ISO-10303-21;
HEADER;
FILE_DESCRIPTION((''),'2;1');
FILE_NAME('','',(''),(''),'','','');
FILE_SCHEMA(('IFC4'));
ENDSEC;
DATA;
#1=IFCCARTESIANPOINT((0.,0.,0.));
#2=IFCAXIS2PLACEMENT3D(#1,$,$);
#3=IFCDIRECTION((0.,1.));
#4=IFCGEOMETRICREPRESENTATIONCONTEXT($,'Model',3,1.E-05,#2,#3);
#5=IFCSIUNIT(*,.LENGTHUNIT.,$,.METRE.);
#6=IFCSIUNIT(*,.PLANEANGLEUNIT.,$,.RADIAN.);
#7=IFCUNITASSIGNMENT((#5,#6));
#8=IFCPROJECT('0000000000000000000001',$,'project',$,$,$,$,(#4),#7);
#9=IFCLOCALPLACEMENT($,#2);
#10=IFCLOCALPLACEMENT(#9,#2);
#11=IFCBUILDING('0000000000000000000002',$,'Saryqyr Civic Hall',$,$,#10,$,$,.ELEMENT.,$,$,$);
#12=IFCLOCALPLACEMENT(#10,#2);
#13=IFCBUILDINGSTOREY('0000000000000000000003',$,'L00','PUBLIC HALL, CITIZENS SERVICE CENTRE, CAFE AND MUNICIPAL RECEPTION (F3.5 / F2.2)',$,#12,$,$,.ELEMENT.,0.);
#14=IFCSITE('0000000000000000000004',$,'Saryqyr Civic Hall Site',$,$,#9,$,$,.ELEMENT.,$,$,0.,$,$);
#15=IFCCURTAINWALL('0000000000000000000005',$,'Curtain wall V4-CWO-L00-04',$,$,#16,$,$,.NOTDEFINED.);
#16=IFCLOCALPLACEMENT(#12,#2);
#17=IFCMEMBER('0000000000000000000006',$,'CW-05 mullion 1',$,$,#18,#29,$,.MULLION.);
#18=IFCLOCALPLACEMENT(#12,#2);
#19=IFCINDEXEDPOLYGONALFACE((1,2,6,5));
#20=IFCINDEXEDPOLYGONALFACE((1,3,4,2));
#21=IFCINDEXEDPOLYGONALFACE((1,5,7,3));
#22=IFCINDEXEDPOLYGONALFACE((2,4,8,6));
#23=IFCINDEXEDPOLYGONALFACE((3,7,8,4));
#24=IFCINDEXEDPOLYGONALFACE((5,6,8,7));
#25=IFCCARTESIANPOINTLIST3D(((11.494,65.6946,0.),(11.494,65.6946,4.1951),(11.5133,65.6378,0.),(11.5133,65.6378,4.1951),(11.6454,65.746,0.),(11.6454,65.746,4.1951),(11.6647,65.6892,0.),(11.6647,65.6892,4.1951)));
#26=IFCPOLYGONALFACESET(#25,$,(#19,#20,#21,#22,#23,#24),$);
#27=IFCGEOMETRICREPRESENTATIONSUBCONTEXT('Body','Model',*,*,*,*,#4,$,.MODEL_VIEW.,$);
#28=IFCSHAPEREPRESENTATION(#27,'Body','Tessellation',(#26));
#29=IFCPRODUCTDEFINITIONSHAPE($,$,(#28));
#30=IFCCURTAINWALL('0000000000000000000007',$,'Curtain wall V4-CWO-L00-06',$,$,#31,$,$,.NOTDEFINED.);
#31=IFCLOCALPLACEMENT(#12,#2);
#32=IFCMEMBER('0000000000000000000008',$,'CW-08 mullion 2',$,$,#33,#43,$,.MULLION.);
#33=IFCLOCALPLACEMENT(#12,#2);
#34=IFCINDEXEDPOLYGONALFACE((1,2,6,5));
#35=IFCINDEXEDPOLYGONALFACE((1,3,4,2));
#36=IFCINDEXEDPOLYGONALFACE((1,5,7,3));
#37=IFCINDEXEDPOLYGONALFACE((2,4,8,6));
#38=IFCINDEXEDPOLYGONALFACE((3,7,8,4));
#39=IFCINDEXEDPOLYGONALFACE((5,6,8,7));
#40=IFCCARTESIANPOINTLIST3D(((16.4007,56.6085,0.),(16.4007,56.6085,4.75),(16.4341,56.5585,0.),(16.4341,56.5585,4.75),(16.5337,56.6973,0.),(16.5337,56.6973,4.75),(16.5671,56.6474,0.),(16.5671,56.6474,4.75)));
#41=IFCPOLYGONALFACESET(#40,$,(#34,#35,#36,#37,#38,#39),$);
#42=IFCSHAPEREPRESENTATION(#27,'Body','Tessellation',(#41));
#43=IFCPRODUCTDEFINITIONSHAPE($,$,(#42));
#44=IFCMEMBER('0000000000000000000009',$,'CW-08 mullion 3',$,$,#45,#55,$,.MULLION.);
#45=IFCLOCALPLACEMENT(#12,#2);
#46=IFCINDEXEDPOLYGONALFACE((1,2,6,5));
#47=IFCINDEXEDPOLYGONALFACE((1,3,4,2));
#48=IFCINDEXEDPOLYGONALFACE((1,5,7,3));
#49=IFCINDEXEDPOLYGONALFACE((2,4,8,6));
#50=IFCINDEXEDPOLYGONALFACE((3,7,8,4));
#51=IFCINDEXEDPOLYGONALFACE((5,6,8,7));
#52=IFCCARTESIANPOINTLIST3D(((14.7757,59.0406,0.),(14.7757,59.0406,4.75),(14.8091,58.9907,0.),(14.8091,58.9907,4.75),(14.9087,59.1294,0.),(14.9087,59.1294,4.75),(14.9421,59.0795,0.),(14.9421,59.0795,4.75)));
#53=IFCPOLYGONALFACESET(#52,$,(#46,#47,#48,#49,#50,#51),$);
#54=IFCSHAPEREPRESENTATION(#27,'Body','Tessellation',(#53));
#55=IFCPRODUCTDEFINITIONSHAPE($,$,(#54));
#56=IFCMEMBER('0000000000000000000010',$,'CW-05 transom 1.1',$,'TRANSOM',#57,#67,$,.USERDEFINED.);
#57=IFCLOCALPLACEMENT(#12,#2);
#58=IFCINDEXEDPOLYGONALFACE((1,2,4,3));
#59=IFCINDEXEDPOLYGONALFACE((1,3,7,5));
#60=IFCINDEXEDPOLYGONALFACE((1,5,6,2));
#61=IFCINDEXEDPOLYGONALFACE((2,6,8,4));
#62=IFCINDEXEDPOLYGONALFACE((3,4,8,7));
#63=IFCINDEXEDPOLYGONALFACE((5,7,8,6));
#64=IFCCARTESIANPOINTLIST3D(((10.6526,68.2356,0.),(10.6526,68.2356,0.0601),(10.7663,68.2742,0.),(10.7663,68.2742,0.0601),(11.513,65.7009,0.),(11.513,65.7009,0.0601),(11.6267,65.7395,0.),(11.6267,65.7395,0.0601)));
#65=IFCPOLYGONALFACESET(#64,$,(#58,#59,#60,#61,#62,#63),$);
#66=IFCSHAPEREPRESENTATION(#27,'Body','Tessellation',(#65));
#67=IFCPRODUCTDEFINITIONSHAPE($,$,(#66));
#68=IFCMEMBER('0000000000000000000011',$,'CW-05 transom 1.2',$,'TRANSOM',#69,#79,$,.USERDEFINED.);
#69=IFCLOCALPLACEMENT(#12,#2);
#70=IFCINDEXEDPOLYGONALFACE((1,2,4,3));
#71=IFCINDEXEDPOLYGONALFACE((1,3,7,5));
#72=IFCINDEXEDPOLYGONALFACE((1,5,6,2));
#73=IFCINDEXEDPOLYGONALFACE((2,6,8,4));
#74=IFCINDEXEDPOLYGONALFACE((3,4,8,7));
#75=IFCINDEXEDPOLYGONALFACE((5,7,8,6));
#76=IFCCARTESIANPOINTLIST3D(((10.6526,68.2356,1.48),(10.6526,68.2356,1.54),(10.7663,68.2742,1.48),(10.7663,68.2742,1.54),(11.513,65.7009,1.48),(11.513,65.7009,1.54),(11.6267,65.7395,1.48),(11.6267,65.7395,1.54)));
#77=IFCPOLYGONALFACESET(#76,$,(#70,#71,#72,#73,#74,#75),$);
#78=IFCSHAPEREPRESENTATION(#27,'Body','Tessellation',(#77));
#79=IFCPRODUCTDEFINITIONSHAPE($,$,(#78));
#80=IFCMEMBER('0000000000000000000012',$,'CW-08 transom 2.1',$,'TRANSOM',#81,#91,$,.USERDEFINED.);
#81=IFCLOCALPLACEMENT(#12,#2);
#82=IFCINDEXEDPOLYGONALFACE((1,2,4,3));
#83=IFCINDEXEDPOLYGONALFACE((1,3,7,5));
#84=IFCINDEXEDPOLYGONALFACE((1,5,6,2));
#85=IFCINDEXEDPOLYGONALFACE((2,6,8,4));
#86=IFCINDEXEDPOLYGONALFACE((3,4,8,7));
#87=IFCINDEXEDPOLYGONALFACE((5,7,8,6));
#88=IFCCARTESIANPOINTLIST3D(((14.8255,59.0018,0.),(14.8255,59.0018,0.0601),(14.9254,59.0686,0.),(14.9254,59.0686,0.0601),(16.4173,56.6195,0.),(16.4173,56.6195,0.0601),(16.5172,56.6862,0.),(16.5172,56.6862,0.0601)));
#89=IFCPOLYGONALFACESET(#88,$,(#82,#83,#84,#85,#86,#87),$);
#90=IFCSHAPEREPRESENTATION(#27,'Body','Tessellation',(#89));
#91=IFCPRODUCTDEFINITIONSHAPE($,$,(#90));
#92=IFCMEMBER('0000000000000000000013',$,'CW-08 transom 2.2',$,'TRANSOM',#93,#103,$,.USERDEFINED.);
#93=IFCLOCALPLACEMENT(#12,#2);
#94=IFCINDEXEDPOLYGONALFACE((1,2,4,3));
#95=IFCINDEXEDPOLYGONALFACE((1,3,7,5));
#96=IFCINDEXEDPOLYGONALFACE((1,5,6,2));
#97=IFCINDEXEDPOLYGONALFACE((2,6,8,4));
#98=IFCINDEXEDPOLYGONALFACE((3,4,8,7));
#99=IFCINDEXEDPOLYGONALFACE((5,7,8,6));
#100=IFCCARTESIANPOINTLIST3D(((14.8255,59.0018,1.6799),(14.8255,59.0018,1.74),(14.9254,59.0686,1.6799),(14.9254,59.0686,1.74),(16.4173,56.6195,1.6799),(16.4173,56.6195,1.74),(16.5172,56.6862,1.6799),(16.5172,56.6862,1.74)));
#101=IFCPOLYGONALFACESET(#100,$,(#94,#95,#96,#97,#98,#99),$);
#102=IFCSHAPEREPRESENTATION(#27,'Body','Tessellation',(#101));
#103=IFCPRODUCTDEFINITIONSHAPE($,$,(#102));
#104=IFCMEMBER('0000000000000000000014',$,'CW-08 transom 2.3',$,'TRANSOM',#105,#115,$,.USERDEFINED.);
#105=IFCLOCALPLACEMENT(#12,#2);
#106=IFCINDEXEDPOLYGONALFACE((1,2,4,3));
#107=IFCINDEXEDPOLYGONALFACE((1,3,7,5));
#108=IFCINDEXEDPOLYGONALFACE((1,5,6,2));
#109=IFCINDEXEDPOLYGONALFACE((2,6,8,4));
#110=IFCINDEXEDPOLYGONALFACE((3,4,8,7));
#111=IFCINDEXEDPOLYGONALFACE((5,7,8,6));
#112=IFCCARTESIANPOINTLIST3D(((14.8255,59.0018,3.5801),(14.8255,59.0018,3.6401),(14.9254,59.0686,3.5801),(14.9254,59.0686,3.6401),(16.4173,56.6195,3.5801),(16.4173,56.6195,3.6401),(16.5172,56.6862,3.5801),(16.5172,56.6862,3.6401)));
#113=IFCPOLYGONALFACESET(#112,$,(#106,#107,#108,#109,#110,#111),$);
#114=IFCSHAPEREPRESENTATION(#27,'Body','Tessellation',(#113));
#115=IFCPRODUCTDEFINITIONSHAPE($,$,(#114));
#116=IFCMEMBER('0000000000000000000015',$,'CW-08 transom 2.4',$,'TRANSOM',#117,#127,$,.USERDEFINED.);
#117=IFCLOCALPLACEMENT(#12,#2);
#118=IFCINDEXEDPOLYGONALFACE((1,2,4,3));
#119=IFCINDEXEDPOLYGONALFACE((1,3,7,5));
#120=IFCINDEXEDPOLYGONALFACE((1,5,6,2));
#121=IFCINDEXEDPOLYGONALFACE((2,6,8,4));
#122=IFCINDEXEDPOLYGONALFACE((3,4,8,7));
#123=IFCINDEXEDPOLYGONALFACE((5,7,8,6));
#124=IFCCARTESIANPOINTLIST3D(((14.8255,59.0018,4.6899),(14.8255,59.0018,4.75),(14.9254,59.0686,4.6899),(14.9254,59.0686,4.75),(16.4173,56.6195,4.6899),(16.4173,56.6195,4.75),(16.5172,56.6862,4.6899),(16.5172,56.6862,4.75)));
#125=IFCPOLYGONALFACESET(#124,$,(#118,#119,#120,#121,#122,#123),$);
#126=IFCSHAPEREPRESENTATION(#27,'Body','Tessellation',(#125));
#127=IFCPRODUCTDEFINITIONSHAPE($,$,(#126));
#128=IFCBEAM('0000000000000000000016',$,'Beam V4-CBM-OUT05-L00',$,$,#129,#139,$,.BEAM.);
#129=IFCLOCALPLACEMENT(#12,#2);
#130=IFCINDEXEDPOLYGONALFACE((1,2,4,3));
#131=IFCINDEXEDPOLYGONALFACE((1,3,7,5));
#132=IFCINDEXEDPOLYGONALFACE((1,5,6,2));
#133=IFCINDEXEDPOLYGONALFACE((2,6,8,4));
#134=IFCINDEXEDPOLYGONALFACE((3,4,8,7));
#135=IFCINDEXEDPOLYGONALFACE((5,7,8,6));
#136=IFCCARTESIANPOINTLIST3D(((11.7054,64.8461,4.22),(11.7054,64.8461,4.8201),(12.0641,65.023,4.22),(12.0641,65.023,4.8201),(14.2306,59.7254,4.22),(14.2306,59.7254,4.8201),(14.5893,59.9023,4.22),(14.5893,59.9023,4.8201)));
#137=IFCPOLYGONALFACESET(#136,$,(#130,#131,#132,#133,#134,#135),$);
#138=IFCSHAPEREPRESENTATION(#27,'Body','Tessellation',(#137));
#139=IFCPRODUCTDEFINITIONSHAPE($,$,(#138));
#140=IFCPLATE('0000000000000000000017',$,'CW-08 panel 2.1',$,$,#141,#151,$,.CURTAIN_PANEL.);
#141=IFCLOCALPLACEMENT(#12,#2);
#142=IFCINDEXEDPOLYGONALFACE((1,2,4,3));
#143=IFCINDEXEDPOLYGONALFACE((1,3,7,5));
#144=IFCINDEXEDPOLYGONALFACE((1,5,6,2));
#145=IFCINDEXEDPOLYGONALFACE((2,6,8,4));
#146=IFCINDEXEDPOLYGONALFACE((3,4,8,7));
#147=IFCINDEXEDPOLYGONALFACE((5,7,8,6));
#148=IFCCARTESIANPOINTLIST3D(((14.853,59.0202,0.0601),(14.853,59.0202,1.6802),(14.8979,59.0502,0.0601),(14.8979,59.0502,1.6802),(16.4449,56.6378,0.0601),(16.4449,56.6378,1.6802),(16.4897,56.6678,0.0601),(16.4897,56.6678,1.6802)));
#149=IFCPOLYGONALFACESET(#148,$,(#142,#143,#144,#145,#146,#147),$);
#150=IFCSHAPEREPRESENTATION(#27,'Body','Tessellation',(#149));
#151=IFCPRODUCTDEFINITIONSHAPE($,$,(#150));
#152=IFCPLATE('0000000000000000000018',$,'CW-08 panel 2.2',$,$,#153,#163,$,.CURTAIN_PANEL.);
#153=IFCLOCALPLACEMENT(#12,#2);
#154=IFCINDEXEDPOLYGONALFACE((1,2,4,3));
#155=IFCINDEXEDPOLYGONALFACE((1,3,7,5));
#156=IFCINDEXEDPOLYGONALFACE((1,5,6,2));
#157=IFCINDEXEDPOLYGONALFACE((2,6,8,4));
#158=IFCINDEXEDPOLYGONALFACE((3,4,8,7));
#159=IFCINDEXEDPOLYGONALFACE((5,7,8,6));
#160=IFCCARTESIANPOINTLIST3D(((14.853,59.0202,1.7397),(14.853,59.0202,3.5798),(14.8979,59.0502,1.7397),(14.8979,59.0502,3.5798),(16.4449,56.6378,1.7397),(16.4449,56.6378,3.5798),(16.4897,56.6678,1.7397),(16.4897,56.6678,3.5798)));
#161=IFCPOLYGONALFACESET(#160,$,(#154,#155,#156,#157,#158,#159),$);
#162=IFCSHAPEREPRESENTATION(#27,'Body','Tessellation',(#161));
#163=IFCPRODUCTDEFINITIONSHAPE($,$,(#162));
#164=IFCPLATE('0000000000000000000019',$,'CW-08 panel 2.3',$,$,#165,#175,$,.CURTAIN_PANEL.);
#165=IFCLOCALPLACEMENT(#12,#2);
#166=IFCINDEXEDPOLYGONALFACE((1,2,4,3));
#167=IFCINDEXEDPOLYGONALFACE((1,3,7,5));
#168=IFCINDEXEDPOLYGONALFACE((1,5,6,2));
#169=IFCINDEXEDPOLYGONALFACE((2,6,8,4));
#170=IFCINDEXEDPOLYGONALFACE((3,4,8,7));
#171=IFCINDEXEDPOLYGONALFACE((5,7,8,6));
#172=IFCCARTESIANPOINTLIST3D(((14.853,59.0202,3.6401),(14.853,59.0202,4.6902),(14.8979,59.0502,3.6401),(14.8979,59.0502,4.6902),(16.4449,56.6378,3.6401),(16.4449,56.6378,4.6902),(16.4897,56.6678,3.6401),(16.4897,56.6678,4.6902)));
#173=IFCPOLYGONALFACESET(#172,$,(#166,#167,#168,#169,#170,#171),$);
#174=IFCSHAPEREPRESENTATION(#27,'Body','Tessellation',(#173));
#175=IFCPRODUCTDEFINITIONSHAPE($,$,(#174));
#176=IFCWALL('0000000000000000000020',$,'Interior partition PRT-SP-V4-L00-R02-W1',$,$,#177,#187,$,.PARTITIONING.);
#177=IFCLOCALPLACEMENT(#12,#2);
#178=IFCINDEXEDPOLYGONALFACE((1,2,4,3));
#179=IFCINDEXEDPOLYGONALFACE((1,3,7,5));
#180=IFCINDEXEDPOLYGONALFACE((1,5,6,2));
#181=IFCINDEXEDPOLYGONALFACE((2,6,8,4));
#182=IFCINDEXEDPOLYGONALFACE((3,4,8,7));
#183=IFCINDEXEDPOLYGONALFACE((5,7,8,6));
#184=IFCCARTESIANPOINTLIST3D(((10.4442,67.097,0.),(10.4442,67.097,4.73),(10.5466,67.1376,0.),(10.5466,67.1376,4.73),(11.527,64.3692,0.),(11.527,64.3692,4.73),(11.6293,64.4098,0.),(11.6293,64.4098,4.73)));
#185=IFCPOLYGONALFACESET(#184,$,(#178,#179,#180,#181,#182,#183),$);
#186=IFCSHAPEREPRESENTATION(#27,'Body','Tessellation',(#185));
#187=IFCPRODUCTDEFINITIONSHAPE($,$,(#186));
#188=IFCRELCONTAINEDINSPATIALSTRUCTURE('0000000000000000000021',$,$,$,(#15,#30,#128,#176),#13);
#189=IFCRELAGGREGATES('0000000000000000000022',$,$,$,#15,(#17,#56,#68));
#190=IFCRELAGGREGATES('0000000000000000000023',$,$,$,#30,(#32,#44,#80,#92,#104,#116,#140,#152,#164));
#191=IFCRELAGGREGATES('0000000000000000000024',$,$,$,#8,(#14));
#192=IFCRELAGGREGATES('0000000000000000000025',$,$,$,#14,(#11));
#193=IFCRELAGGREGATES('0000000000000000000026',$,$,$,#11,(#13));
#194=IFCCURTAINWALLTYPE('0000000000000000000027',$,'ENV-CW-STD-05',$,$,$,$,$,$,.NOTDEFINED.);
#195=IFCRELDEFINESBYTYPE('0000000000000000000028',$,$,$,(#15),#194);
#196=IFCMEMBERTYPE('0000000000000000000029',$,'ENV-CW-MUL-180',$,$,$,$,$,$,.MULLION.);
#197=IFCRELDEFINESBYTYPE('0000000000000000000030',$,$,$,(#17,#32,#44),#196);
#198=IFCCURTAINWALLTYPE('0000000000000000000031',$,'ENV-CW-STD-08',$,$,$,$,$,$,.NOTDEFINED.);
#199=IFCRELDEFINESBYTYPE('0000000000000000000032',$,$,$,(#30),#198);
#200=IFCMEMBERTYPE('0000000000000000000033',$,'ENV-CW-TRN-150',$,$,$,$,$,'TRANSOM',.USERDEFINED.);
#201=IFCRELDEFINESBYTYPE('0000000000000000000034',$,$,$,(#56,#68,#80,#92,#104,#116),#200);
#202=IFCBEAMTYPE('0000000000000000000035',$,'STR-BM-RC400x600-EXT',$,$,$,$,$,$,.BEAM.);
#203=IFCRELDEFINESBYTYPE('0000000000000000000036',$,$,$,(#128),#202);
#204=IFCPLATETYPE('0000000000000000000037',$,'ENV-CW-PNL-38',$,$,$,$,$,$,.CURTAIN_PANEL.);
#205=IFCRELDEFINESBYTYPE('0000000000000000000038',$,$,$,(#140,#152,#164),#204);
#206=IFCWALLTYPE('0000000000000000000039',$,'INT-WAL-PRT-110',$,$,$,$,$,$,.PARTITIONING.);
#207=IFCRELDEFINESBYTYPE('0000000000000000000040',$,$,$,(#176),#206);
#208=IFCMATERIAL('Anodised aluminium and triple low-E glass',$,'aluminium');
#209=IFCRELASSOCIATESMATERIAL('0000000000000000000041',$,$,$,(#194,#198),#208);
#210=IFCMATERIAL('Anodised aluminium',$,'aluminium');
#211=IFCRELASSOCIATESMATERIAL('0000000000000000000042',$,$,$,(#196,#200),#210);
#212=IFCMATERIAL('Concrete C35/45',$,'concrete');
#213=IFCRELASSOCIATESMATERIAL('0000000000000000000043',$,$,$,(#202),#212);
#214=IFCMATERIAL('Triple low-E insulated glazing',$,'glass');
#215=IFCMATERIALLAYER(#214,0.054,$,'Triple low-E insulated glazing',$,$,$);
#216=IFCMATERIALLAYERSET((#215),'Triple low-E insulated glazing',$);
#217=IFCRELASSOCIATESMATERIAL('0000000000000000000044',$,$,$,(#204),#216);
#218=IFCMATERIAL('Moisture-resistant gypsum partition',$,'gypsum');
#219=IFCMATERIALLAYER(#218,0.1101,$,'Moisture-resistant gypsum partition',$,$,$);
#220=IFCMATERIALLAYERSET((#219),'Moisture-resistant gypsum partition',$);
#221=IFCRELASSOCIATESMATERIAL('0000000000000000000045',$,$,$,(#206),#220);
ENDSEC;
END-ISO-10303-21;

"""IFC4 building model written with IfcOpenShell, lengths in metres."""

from ifc_helpers import new_model, si_unit, direction, frame, frame_2d, origin, origin_2d, place, context, subcontext, project, spatial, rectangle, extrude, material, layer, layer_set, material_profile, profile_set, type_object, element, aggregate, save


model = new_model("IFC4")

# Units and contexts
model_context = context("Model", 3, precision=1e-05, world=origin(), true_north=direction((0.0, 1.0)))
body_context = subcontext(model_context, "Body", "Model", "MODEL_VIEW")
ifc_project = project(units=[si_unit("LENGTHUNIT", "METRE"), si_unit("PLANEANGLEUNIT", "RADIAN")], contexts=[model_context])

# Site, building, storey
site_placement = place(None, origin())
site = spatial("IfcSite", under=ifc_project, at=site_placement, Name="Saryqyr Civic Hall Site", CompositionType="ELEMENT", RefElevation=0.0)
building_placement = place(site_placement, origin())
building = spatial("IfcBuilding", under=site, at=building_placement, Name="Saryqyr Civic Hall", CompositionType="ELEMENT")
storey_placement = place(building_placement, origin())
storey = spatial("IfcBuildingStorey", under=building, at=storey_placement, Name="L00", Description="PUBLIC HALL, CITIZENS SERVICE CENTRE, CAFE AND MUNICIPAL RECEPTION (F3.5 / F2.2)", CompositionType="ELEMENT", Elevation=0.0)

# Curtain wall, member
ifc_material_1 = material(Name="Anodised aluminium and triple low-E glass", Category="aluminium")
curtain_wall_type_1 = type_object("IfcCurtainWallType", Name="ENV-CW-STD-05", PredefinedType="NOTDEFINED", material=ifc_material_1)
curtain_wall_1_placement = place(storey_placement, origin())
curtain_wall_1 = element("IfcCurtainWall", 1, at=curtain_wall_1_placement, inside=storey, type_object=curtain_wall_type_1, Name="Curtain wall V4-CWO-L00-04", PredefinedType="NOTDEFINED")
ifc_material_2 = material(Name="Anodised aluminium", Category="aluminium")
ifc_material_profile_1 = material_profile(ifc_material_2, rectangle(XDim=0.0601, YDim=0.1599, at=origin_2d()), Name="ALU MULLION 60x160")
ifc_profile_set_1 = profile_set([ifc_material_profile_1], Name="Anodised aluminium")
member_type_1 = type_object("IfcMemberType", Name="ENV-CW-MUL-180", PredefinedType="MULLION", material=ifc_profile_set_1)
member_1_placement = place(storey_placement, frame((11.5793, 65.6919, 0.0), z_axis=(0.0, 0.0, 1.0), x_axis=(-0.321434, 0.946932, 0.0)))
member_1 = element("IfcMember", 2, at=member_1_placement, type_object=member_type_1, Name="CW-05 mullion 1", PredefinedType="MULLION", context=body_context, shape_type="SweptSolid", body=[
    extrude(rectangle(XDim=0.0601, YDim=0.1599, at=origin_2d()), origin(), (0.0, 0.0, 1.0), 4.1951),
])

# Curtain wall, members
curtain_wall_type_2 = type_object("IfcCurtainWallType", Name="ENV-CW-STD-08", PredefinedType="NOTDEFINED", material=ifc_material_1)
curtain_wall_2_placement = place(storey_placement, origin())
curtain_wall_2 = element("IfcCurtainWall", 3, at=curtain_wall_2_placement, inside=storey, type_object=curtain_wall_type_2, Name="Curtain wall V4-CWO-L00-06", PredefinedType="NOTDEFINED")
member_2_placement = place(storey_placement, frame((16.4839, 56.6279, 0.0), z_axis=(0.0, 0.0, 1.0), x_axis=(-0.555567, 0.831472, 0.0)))
member_2 = element("IfcMember", 4, at=member_2_placement, type_object=member_type_1, Name="CW-08 mullion 2", PredefinedType="MULLION", context=body_context, shape_type="SweptSolid", body=[
    extrude(rectangle(XDim=0.0601, YDim=0.1599, at=origin_2d()), origin(), (0.0, 0.0, 1.0), 4.75),
])
member_3_placement = place(storey_placement, frame((14.8589, 59.0601, 0.0), z_axis=(0.0, 0.0, 1.0), x_axis=(-0.555567, 0.831472, 0.0)))
member_3 = element("IfcMember", 5, at=member_3_placement, type_object=member_type_1, Name="CW-08 mullion 3", PredefinedType="MULLION", context=body_context, shape_type="SweptSolid", body=[
    extrude(rectangle(XDim=0.0601, YDim=0.1599, at=origin_2d()), origin(), (0.0, 0.0, 1.0), 4.75),
])

# Members
ifc_material_profile_2 = material_profile(ifc_material_2, rectangle(XDim=0.1201, YDim=0.0601, at=origin_2d()), Name="ALU TRANSOM 120x60")
ifc_profile_set_2 = profile_set([ifc_material_profile_2], Name="Anodised aluminium")
member_type_2 = type_object("IfcMemberType", Name="ENV-CW-TRN-150", ElementType="TRANSOM", PredefinedType="USERDEFINED", material=ifc_profile_set_2)
member_4_placement = place(storey_placement, frame((11.5698, 65.7202, 0.03), z_axis=(-0.321422, 0.946936, 0.0), x_axis=(-0.946936, -0.321422, 0.0)))
member_4 = element("IfcMember", 6, at=member_4_placement, type_object=member_type_2, Name="CW-05 transom 1.1", ObjectType="TRANSOM", PredefinedType="USERDEFINED", context=body_context, shape_type="SweptSolid", body=[
    extrude(rectangle(XDim=0.1201, YDim=0.0601, at=origin_2d()), origin(), (0.0, 0.0, 1.0), 2.6768),
])
member_5_placement = place(storey_placement, frame((11.5698, 65.7202, 1.51), z_axis=(-0.321422, 0.946936, 0.0), x_axis=(-0.946936, -0.321422, 0.0)))
member_5 = element("IfcMember", 7, at=member_5_placement, type_object=member_type_2, Name="CW-05 transom 1.2", ObjectType="TRANSOM", PredefinedType="USERDEFINED", context=body_context, shape_type="SweptSolid", body=[
    extrude(rectangle(XDim=0.1201, YDim=0.0601, at=origin_2d()), origin(), (0.0, 0.0, 1.0), 2.6768),
])
aggregate(curtain_wall_1, [member_1, member_4, member_5])
member_6_placement = place(storey_placement, frame((16.4673, 56.6528, 0.03), z_axis=(-0.555565, 0.831473, 0.0), x_axis=(-0.831473, -0.555565, 0.0)))
member_6 = element("IfcMember", 8, at=member_6_placement, type_object=member_type_2, Name="CW-08 transom 2.1", ObjectType="TRANSOM", PredefinedType="USERDEFINED", context=body_context, shape_type="SweptSolid", body=[
    extrude(rectangle(XDim=0.1201, YDim=0.0601, at=origin_2d()), origin(), (0.0, 0.0, 1.0), 2.8652),
])
member_7_placement = place(storey_placement, frame((16.4673, 56.6528, 1.71), z_axis=(-0.555565, 0.831473, 0.0), x_axis=(-0.831473, -0.555565, 0.0)))
member_7 = element("IfcMember", 9, at=member_7_placement, type_object=member_type_2, Name="CW-08 transom 2.2", ObjectType="TRANSOM", PredefinedType="USERDEFINED", context=body_context, shape_type="SweptSolid", body=[
    extrude(rectangle(XDim=0.1201, YDim=0.0601, at=origin_2d()), origin(), (0.0, 0.0, 1.0), 2.8652),
])
member_8_placement = place(storey_placement, frame((16.4673, 56.6528, 3.6101), z_axis=(-0.555565, 0.831473, 0.0), x_axis=(-0.831473, -0.555565, 0.0)))
member_8 = element("IfcMember", 10, at=member_8_placement, type_object=member_type_2, Name="CW-08 transom 2.3", ObjectType="TRANSOM", PredefinedType="USERDEFINED", context=body_context, shape_type="SweptSolid", body=[
    extrude(rectangle(XDim=0.1201, YDim=0.0601, at=origin_2d()), origin(), (0.0, 0.0, 1.0), 2.8652),
])
member_9_placement = place(storey_placement, frame((16.4673, 56.6528, 4.72), z_axis=(-0.555565, 0.831473, 0.0), x_axis=(-0.831473, -0.555565, 0.0)))
member_9 = element("IfcMember", 11, at=member_9_placement, type_object=member_type_2, Name="CW-08 transom 2.4", ObjectType="TRANSOM", PredefinedType="USERDEFINED", context=body_context, shape_type="SweptSolid", body=[
    extrude(rectangle(XDim=0.1201, YDim=0.0601, at=origin_2d()), origin(), (0.0, 0.0, 1.0), 2.8652),
])

# Beam
ifc_material_3 = material(Name="Concrete C35/45", Category="concrete")
ifc_material_profile_3 = material_profile(ifc_material_3, rectangle(XDim=0.3999, YDim=0.6001, at=origin_2d()), Name="RC 400x600")
ifc_profile_set_3 = profile_set([ifc_material_profile_3], Name="Concrete C35/45")
beam_type = type_object("IfcBeamType", Name="STR-BM-RC400x600-EXT", PredefinedType="BEAM", material=ifc_profile_set_3)
beam_placement = place(storey_placement, frame((11.8848, 64.9346, 4.52), z_axis=(0.442281, -0.896877, 0.0), x_axis=(0.896877, 0.442281, 0.0)))
element("IfcBeam", 12, at=beam_placement, inside=storey, type_object=beam_type, Name="Beam V4-CBM-OUT05-L00", PredefinedType="BEAM", context=body_context, shape_type="SweptSolid", body=[
    extrude(rectangle(XDim=0.3999, YDim=0.6001, at=origin_2d()), origin(), (0.0, 0.0, 1.0), 5.7095),
])

# Plates
ifc_material_4 = material(Name="Triple low-E insulated glazing", Category="glass")
ifc_layer_1 = layer(ifc_material_4, 0.054, Name="Triple low-E insulated glazing")
ifc_layer_set_1 = layer_set([ifc_layer_1], Name="Triple low-E insulated glazing")
plate_type = type_object("IfcPlateType", Name="ENV-CW-PNL-38", PredefinedType="CURTAIN_PANEL", material=ifc_layer_set_1)
plate_1_placement = place(storey_placement, frame((15.6714, 57.844, 0.0601), z_axis=(0.0, 0.0, 1.0), x_axis=(-0.555567, 0.831472, 0.0)))
plate_1 = element("IfcPlate", 13, at=plate_1_placement, type_object=plate_type, Name="CW-08 panel 2.1", PredefinedType="CURTAIN_PANEL", context=body_context, shape_type="SweptSolid", body=[
    extrude(rectangle(XDim=2.8652, YDim=0.054, at=origin_2d()), origin(), (0.0, 0.0, 1.0), 1.6201),
])
plate_2_placement = place(storey_placement, frame((15.6714, 57.844, 1.7397), z_axis=(0.0, 0.0, 1.0), x_axis=(-0.555567, 0.831472, 0.0)))
plate_2 = element("IfcPlate", 14, at=plate_2_placement, type_object=plate_type, Name="CW-08 panel 2.2", PredefinedType="CURTAIN_PANEL", context=body_context, shape_type="SweptSolid", body=[
    extrude(rectangle(XDim=2.8652, YDim=0.054, at=origin_2d()), origin(), (0.0, 0.0, 1.0), 1.8401),
])
plate_3_placement = place(storey_placement, frame((15.6714, 57.844, 3.6401), z_axis=(0.0, 0.0, 1.0), x_axis=(-0.555567, 0.831472, 0.0)))
plate_3 = element("IfcPlate", 15, at=plate_3_placement, type_object=plate_type, Name="CW-08 panel 2.3", PredefinedType="CURTAIN_PANEL", context=body_context, shape_type="SweptSolid", body=[
    extrude(rectangle(XDim=2.8652, YDim=0.054, at=origin_2d()), origin(), (0.0, 0.0, 1.0), 1.05),
])
aggregate(curtain_wall_2, [member_2, member_3, member_6, member_7, member_8, member_9, plate_1, plate_2, plate_3])

# Wall
ifc_material_5 = material(Name="Moisture-resistant gypsum partition", Category="gypsum")
ifc_layer_2 = layer(ifc_material_5, 0.1101, Name="Moisture-resistant gypsum partition")
ifc_layer_set_2 = layer_set([ifc_layer_2], Name="Moisture-resistant gypsum partition")
wall_type_1 = type_object("IfcWallType", Name="INT-WAL-PRT-110", PredefinedType="PARTITIONING", material=ifc_layer_set_2)
wall_1_placement = place(storey_placement, frame((11.5781, 64.3896, 0.0), z_axis=(0.0, 0.0, 1.0), x_axis=(-0.368937, 0.929454, 0.0)))
element("IfcWall", 16, at=wall_1_placement, inside=storey, type_object=wall_type_1, Name="Interior partition PRT-SP-V4-L00-R02-W1", PredefinedType="PARTITIONING", context=body_context, shape_type="SweptSolid", body=[
    extrude(rectangle(XDim=2.9348, YDim=0.1101, at=frame_2d((1.4673, 0.0))), origin(), (0.0, 0.0, 1.0), 4.73),
])

save(model, "model.ifc")
